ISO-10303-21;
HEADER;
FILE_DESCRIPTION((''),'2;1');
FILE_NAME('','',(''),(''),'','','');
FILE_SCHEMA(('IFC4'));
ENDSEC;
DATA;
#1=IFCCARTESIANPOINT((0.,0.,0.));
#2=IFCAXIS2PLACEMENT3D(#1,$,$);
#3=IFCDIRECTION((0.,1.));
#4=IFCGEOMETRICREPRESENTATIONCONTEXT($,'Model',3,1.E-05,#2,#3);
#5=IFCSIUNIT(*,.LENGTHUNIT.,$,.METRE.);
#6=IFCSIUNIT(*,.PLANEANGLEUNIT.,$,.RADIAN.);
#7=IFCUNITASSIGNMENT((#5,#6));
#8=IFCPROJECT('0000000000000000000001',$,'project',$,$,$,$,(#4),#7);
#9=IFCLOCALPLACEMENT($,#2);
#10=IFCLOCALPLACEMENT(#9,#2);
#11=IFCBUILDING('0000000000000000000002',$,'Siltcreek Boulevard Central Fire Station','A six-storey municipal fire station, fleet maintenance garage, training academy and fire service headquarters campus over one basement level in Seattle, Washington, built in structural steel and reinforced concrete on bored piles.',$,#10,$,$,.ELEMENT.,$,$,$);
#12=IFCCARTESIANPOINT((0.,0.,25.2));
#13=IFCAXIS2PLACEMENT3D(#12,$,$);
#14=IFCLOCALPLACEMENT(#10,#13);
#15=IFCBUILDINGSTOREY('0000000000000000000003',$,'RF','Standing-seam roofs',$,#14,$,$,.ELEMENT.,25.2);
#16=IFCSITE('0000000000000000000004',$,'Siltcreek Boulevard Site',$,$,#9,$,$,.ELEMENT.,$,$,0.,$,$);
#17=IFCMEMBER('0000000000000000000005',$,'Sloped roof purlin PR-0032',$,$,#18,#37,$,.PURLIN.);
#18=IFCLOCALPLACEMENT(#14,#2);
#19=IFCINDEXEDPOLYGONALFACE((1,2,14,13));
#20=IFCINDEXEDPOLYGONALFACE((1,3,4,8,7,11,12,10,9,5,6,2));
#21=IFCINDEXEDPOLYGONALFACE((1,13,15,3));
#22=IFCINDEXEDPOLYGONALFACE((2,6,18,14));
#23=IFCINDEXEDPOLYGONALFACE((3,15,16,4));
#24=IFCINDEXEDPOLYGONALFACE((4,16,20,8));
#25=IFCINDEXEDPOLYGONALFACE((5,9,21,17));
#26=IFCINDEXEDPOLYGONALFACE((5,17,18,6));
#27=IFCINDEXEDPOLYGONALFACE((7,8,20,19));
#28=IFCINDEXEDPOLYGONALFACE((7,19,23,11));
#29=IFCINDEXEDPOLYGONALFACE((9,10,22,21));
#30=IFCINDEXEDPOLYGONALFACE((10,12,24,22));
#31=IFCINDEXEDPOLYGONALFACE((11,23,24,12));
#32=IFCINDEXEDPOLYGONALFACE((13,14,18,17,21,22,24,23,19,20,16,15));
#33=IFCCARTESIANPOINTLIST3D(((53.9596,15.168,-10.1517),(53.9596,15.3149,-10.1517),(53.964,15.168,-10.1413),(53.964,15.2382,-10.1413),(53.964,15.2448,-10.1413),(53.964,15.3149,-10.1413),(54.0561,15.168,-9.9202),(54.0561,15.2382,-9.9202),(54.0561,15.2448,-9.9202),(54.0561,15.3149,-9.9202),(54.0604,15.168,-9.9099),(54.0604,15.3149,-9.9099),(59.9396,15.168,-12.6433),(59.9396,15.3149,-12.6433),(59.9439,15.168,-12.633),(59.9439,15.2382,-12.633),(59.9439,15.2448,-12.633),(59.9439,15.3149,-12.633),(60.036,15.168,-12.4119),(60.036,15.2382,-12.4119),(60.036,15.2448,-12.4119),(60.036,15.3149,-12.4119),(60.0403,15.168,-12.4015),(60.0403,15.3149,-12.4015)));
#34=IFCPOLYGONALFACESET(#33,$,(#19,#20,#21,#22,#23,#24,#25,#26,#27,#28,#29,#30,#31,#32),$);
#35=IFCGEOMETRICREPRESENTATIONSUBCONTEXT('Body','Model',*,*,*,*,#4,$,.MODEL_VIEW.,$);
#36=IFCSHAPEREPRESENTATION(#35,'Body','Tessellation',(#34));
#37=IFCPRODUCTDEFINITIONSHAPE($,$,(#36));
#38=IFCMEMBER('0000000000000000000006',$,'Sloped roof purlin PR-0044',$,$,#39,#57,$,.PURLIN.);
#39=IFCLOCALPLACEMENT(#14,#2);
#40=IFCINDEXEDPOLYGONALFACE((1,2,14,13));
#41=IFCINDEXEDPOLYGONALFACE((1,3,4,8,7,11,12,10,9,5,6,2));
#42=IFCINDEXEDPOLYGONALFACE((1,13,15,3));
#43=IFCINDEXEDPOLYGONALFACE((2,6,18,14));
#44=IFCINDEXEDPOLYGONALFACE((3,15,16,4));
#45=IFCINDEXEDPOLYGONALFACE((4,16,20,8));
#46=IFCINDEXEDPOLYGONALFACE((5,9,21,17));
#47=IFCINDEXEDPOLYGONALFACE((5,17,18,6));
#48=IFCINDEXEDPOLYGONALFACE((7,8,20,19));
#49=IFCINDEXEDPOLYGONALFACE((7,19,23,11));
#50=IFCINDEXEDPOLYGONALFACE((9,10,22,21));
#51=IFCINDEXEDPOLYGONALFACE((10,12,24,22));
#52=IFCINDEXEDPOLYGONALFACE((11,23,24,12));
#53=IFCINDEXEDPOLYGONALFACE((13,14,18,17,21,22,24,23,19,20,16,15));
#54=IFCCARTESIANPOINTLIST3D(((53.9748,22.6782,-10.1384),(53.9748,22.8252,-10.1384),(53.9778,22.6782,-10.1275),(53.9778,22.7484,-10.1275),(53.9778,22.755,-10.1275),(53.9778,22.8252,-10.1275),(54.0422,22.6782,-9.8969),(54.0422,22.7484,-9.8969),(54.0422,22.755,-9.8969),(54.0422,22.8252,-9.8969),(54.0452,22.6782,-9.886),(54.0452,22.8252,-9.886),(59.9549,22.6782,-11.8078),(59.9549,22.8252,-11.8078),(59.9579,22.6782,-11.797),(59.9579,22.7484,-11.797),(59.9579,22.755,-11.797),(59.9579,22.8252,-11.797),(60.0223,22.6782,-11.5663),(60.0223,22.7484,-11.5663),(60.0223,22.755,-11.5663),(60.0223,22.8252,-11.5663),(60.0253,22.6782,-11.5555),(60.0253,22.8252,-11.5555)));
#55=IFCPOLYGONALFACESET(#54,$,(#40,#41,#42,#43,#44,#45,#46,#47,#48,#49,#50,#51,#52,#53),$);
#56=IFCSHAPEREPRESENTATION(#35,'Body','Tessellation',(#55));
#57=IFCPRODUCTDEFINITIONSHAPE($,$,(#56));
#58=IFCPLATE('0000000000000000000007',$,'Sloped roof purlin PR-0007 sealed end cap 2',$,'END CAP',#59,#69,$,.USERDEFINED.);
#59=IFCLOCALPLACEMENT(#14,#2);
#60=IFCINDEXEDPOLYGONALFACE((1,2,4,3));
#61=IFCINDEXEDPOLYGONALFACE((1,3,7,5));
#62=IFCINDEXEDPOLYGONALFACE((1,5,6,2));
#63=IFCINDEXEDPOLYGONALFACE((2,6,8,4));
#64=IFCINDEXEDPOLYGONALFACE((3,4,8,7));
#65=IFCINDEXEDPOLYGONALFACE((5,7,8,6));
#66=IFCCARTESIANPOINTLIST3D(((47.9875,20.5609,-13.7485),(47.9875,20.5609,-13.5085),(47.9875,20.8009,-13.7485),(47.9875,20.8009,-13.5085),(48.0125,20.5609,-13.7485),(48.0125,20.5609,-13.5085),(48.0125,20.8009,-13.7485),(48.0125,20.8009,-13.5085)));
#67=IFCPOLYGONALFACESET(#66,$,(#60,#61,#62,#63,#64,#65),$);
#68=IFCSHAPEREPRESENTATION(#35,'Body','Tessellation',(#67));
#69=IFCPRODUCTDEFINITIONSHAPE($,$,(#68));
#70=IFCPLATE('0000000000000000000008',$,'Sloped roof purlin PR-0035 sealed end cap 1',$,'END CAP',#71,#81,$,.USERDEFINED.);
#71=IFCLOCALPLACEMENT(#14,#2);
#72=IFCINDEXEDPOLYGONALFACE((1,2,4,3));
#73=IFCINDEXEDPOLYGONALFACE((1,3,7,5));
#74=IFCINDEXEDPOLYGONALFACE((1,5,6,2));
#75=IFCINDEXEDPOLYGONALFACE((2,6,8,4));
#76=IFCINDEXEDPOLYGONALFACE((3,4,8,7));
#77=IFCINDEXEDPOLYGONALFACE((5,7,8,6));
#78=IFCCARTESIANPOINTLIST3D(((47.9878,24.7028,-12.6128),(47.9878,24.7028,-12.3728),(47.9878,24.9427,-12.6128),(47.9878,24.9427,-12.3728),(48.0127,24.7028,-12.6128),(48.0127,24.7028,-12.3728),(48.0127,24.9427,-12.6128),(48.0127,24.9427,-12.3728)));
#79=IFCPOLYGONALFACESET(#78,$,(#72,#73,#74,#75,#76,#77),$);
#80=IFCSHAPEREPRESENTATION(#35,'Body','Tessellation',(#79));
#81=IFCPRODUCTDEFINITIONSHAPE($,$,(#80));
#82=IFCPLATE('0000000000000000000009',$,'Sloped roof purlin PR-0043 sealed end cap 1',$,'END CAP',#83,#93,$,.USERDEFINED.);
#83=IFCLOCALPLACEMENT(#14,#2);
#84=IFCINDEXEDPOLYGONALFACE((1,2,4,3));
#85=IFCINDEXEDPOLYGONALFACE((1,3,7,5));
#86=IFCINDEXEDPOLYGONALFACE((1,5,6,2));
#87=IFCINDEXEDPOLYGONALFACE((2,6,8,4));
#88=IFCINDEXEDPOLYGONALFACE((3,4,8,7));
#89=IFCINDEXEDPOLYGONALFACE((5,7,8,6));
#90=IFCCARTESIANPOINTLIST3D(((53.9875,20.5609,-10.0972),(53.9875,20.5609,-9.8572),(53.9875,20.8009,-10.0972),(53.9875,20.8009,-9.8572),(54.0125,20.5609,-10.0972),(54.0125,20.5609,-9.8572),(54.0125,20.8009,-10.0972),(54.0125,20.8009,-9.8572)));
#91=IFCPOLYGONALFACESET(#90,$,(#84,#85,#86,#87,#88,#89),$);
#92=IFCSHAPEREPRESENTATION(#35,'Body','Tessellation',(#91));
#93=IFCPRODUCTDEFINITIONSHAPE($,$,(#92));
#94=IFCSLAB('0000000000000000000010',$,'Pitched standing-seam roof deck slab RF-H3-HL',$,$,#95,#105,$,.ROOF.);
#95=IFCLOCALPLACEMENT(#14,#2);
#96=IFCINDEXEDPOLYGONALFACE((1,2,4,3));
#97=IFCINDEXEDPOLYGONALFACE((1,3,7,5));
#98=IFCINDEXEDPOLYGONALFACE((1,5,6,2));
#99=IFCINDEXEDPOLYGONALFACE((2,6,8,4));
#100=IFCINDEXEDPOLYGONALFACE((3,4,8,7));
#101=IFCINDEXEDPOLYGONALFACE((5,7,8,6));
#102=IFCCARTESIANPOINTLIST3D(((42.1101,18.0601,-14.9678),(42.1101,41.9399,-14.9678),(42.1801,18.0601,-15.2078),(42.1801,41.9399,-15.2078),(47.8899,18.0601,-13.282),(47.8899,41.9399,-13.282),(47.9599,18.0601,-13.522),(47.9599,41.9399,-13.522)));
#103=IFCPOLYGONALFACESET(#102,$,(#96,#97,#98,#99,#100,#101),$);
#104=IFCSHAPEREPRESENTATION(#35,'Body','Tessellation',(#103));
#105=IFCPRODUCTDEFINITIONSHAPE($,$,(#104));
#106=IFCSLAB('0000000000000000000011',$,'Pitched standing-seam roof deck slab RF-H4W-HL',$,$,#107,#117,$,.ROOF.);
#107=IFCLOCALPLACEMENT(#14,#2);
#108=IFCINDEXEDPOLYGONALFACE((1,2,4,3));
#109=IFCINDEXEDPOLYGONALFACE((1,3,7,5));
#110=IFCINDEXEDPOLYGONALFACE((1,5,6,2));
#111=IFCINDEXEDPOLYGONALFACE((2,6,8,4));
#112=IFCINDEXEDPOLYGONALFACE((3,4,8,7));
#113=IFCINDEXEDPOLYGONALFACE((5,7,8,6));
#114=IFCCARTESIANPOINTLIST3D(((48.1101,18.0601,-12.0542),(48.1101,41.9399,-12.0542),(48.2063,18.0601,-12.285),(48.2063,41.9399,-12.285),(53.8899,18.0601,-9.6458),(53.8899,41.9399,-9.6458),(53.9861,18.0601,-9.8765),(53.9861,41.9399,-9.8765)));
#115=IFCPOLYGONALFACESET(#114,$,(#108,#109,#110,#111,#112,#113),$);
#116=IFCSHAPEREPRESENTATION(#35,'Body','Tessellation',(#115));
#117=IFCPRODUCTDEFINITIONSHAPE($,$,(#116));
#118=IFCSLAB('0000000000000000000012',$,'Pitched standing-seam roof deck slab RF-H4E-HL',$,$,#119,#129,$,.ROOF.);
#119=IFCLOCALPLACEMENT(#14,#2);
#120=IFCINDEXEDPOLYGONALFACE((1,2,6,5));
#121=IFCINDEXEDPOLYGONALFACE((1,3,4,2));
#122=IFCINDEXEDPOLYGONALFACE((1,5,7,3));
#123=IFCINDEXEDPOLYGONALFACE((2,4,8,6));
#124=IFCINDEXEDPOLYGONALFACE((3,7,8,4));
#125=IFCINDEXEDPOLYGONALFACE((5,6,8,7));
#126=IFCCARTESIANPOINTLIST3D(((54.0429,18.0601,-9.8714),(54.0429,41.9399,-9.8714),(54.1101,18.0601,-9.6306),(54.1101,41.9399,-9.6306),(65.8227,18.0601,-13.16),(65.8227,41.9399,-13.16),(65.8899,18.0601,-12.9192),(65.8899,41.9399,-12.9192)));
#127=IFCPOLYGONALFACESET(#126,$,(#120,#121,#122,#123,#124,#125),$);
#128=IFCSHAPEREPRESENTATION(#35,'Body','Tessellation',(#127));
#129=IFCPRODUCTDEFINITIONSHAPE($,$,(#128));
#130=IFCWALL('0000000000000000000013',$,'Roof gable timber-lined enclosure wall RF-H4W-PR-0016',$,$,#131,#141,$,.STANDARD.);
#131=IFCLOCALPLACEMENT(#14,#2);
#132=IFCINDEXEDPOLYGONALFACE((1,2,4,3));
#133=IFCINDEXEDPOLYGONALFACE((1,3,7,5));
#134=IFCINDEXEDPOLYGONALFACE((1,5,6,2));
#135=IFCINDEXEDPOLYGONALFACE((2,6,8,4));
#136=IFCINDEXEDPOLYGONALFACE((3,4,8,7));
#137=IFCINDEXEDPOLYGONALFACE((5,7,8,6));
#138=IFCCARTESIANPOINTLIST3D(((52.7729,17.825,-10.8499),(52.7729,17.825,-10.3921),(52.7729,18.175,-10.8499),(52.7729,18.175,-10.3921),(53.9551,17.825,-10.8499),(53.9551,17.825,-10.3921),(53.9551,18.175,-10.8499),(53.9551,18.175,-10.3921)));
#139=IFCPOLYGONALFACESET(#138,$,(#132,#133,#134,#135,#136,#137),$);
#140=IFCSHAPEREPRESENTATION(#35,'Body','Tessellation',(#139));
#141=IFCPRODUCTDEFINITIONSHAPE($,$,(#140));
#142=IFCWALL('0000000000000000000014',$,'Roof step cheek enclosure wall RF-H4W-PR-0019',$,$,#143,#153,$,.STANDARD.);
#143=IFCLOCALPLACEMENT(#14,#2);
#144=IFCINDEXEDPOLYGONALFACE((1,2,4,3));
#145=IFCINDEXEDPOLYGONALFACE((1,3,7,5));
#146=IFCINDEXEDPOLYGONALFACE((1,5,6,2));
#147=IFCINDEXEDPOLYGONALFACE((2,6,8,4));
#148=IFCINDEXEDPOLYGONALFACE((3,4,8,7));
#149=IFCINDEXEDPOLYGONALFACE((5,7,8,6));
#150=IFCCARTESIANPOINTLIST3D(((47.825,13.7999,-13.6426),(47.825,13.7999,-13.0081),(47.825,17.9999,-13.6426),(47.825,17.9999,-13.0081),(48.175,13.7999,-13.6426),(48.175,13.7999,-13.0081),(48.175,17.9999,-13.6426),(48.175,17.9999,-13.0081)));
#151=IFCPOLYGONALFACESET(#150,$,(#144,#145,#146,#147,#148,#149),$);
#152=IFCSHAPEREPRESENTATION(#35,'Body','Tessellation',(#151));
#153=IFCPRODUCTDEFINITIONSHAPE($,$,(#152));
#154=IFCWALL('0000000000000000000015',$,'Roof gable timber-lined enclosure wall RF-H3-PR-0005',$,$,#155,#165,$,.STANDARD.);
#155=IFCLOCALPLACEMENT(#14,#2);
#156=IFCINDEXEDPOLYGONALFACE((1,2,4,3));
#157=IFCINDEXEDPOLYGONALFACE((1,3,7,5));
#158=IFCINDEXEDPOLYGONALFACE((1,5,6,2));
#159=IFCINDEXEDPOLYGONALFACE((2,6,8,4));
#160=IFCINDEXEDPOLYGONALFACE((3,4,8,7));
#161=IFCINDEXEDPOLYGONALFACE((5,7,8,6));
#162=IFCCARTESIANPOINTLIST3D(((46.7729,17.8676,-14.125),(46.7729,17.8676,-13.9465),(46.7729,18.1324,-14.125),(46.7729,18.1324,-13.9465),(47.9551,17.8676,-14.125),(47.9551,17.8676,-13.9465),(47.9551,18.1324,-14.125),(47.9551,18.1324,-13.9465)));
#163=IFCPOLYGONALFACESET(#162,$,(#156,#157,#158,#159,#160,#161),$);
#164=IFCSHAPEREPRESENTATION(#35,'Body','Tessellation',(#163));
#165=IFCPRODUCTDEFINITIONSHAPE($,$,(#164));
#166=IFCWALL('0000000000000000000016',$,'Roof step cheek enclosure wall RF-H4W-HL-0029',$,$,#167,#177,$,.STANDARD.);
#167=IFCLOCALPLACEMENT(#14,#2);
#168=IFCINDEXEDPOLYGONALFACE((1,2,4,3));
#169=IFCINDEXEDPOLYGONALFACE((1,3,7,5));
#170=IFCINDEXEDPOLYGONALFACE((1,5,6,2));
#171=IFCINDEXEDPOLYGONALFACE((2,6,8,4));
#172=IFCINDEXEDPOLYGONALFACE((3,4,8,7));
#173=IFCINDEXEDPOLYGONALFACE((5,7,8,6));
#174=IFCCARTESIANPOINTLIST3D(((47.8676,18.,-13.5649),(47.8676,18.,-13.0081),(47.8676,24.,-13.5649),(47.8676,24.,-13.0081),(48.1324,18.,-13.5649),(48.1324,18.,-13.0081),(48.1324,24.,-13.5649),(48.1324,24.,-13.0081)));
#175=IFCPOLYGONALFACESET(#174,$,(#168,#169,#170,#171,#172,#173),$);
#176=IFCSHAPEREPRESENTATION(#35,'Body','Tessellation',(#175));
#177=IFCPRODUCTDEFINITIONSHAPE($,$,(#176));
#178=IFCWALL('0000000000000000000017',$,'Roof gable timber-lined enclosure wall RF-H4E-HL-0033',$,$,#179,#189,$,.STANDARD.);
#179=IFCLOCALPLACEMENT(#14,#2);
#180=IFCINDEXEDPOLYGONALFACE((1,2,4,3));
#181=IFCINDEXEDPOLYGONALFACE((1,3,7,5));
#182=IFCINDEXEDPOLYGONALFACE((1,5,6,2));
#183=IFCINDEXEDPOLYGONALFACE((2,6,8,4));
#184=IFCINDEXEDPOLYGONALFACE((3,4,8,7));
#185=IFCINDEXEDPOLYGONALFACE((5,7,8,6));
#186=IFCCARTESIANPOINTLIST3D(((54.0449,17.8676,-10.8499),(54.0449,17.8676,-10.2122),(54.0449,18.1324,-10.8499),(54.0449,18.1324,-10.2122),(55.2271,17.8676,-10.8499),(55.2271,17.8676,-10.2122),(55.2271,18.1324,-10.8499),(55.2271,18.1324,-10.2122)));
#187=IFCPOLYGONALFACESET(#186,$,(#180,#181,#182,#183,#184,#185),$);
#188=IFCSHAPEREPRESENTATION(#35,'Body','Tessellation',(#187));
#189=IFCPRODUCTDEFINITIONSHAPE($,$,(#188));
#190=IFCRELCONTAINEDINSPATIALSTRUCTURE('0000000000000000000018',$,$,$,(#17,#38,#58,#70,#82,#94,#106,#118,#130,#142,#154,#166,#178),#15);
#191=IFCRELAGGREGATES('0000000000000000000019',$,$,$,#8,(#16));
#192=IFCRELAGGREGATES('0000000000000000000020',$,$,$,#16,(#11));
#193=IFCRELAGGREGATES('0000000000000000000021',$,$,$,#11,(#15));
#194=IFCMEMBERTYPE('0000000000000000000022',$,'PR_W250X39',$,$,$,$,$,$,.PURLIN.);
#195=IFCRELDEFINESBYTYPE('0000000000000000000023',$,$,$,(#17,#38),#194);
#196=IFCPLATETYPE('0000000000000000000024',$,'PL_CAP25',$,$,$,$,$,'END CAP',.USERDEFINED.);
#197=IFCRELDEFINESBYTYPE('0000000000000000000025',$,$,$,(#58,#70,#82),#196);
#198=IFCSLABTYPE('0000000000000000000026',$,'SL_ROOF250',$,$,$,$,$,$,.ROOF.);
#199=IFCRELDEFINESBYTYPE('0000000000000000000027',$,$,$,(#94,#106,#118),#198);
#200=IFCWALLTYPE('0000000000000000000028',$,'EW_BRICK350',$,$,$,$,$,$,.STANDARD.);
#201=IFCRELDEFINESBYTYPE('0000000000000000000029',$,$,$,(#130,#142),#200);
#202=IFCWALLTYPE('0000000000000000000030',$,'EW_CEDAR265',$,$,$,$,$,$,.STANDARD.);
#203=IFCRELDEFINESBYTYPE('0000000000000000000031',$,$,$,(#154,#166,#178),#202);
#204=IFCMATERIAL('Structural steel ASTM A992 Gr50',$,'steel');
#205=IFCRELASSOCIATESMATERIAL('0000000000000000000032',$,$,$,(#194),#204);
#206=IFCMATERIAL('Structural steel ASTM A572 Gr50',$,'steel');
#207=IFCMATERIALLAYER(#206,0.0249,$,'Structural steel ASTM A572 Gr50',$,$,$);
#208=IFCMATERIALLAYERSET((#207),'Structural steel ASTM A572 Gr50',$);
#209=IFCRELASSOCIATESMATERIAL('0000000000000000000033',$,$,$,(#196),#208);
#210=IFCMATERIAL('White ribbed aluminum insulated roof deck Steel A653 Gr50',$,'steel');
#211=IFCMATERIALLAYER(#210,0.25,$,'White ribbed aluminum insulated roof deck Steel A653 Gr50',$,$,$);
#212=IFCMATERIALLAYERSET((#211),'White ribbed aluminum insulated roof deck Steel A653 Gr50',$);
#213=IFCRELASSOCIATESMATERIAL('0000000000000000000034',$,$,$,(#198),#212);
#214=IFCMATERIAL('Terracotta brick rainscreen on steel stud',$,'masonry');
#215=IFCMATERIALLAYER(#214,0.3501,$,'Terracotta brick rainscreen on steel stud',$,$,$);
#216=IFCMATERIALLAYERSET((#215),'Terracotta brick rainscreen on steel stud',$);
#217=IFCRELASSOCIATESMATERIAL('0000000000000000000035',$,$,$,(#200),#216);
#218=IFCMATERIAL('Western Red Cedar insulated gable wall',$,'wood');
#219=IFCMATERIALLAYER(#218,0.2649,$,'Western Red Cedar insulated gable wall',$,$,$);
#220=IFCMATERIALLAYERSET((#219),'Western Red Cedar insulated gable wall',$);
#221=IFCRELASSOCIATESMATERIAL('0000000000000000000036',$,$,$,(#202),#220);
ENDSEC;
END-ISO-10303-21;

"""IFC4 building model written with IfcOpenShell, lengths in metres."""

from ifc_helpers import new_model, si_unit, direction, frame, frame_2d, origin, origin_2d, place, context, subcontext, project, spatial, polyline, rectangle, i_section, outline, extrude, material, layer, layer_set, material_profile, profile_set, type_object, element, save


model = new_model("IFC4")

# Units and contexts
model_context = context("Model", 3, precision=1e-05, world=origin(), true_north=direction((0.0, 1.0)))
body_context = subcontext(model_context, "Body", "Model", "MODEL_VIEW")
ifc_project = project(units=[si_unit("LENGTHUNIT", "METRE"), si_unit("PLANEANGLEUNIT", "RADIAN")], contexts=[model_context])

# Site, building, storey
site_placement = place(None, origin())
site = spatial("IfcSite", under=ifc_project, at=site_placement, Name="Siltcreek Boulevard Site", CompositionType="ELEMENT", RefElevation=0.0)
building_placement = place(site_placement, origin())
building = spatial("IfcBuilding", under=site, at=building_placement, Name="Siltcreek Boulevard Central Fire Station", Description="A six-storey municipal fire station, fleet maintenance garage, training academy and fire service headquarters campus over one basement level in Seattle, Washington, built in structural steel and reinforced concrete on bored piles.", CompositionType="ELEMENT")
storey_placement = place(building_placement, frame((0.0, 0.0, 25.2)))
storey = spatial("IfcBuildingStorey", under=building, at=storey_placement, Name="RF", Description="Standing-seam roofs", CompositionType="ELEMENT", Elevation=25.2)

# Shared definitions
ifc_material_1 = material(Name="Structural steel ASTM A992 Gr50", Category="steel")

# Members
ifc_material_profile_1 = material_profile(ifc_material_1, i_section(OverallWidth=0.147, OverallDepth=0.262, WebThickness=0.0066, FlangeThickness=0.0112, at=origin_2d()), Name="W250X39")
ifc_profile_set_1 = profile_set([ifc_material_profile_1], Name="Structural steel ASTM A992 Gr50")
member_type_1 = type_object("IfcMemberType", Name="PR_W250X39", PredefinedType="PURLIN", material=ifc_profile_set_1)
member_1_placement = place(storey_placement, frame((54.01, 15.2415, -10.0308), z_axis=(0.923075, 0.0, -0.384621), x_axis=(0.0, 1.0, 0.0)))
element("IfcMember", 1, at=member_1_placement, inside=storey, type_object=member_type_1, Name="Sloped roof purlin PR-0032", PredefinedType="PURLIN", context=body_context, shape_type="SweptSolid", body=[
    extrude(i_section(OverallWidth=0.147, OverallDepth=0.262, WebThickness=0.0066, FlangeThickness=0.0112, at=origin_2d()), origin(), (0.0, 0.0, 1.0), 6.4783),
])
member_2_placement = place(storey_placement, frame((54.01, 22.7517, -10.0122), z_axis=(0.963171, 0.0, -0.268889), x_axis=(0.0, 1.0, 0.0)))
element("IfcMember", 2, at=member_2_placement, inside=storey, type_object=member_type_1, Name="Sloped roof purlin PR-0044", PredefinedType="PURLIN", context=body_context, shape_type="SweptSolid", body=[
    extrude(i_section(OverallWidth=0.147, OverallDepth=0.262, WebThickness=0.0066, FlangeThickness=0.0112, at=origin_2d()), origin(), (0.0, 0.0, 1.0), 6.2087),
])

# Plates
ifc_material_2 = material(Name="Structural steel ASTM A572 Gr50", Category="steel")
ifc_layer_1 = layer(ifc_material_2, 0.0249, Name="Structural steel ASTM A572 Gr50")
ifc_layer_set_1 = layer_set([ifc_layer_1], Name="Structural steel ASTM A572 Gr50")
plate_type = type_object("IfcPlateType", Name="PL_CAP25", ElementType="END CAP", PredefinedType="USERDEFINED", material=ifc_layer_set_1)
for number, where, z_axis, x_axis, name in (
    (3, (48.0, 20.6809, -13.7485), (0.0, 0.0, 1.0), (1.0, 0.0, 0.0), "Sloped roof purlin PR-0007 sealed end cap 2"),
    (4, (48.0002, 24.8228, -12.6128), (0.0, 0.0, 1.0), (1.0, 0.0, 0.0), "Sloped roof purlin PR-0035 sealed end cap 1"),
    (5, (54.0, 20.6809, -10.0972), (0.0, 0.0, 1.0), (1.0, 0.0, 0.0), "Sloped roof purlin PR-0043 sealed end cap 1"),
):
    element("IfcPlate", number, at=place(storey_placement, frame(where, z_axis=z_axis, x_axis=x_axis)), inside=storey, type_object=plate_type, Name=name, ObjectType="END CAP", PredefinedType="USERDEFINED", context=body_context, shape_type="SweptSolid", body=[
        extrude(rectangle(XDim=0.0249, YDim=0.24, at=origin_2d()), origin(), (0.0, 0.0, 1.0), 0.24),
    ])

# Slabs
ifc_material_3 = material(Name="White ribbed aluminum insulated roof deck Steel A653 Gr50", Category="steel")
ifc_layer_2 = layer(ifc_material_3, 0.25, Name="White ribbed aluminum insulated roof deck Steel A653 Gr50")
ifc_layer_set_2 = layer_set([ifc_layer_2], Name="White ribbed aluminum insulated roof deck Steel A653 Gr50")
slab_type = type_object("IfcSlabType", Name="SL_ROOF250", PredefinedType="ROOF", material=ifc_layer_set_2)
slab_1_placement = place(storey_placement, frame((42.1101, 18.0601, -14.9678), z_axis=(-0.280003, 0.0, 0.959999), x_axis=(0.959999, 0.0, 0.280003)))
element("IfcSlab", 6, at=slab_1_placement, inside=storey, type_object=slab_type, Name="Pitched standing-seam roof deck slab RF-H3-HL", PredefinedType="ROOF", context=body_context, shape_type="SweptSolid", body=[
    extrude(outline(polyline([(0.0, 0.0), (6.0206, 0.0), (6.0206, 23.8799), (0.0, 23.8799), (0.0, 0.0)])), origin(), (0.0, 0.0, -1.0), 0.25),
])
slab_2_placement = place(storey_placement, frame((48.1101, 18.0601, -12.0542), z_axis=(-0.384643, 0.0, 0.923065), x_axis=(0.923065, 0.0, 0.384643)))
element("IfcSlab", 7, at=slab_2_placement, inside=storey, type_object=slab_type, Name="Pitched standing-seam roof deck slab RF-H4W-HL", PredefinedType="ROOF", context=body_context, shape_type="SweptSolid", body=[
    extrude(outline(polyline([(0.0, 0.0), (6.2615, 0.0), (6.2615, 23.8799), (0.0, 23.8799), (0.0, 0.0)])), origin(), (0.0, 0.0, -1.0), 0.25),
])
slab_3_placement = place(storey_placement, frame((54.1101, 18.0601, -9.6306), z_axis=(0.268889, 0.0, 0.963171), x_axis=(0.963171, 0.0, -0.268889)))
element("IfcSlab", 8, at=slab_3_placement, inside=storey, type_object=slab_type, Name="Pitched standing-seam roof deck slab RF-H4E-HL", PredefinedType="ROOF", context=body_context, shape_type="SweptSolid", body=[
    extrude(outline(polyline([(0.0, 0.0), (12.2302, 0.0), (12.2302, 23.8799), (0.0, 23.8799), (0.0, 0.0)])), origin(), (0.0, 0.0, -1.0), 0.25),
])

# Walls
ifc_material_4 = material(Name="Terracotta brick rainscreen on steel stud", Category="masonry")
ifc_layer_3 = layer(ifc_material_4, 0.3501, Name="Terracotta brick rainscreen on steel stud")
ifc_layer_set_3 = layer_set([ifc_layer_3], Name="Terracotta brick rainscreen on steel stud")
wall_type_1 = type_object("IfcWallType", Name="EW_BRICK350", PredefinedType="STANDARD", material=ifc_layer_set_3)
wall_1_placement = place(storey_placement, frame((53.9551, 18.0, -10.8499), z_axis=(0.0, 0.0, 1.0), x_axis=(-1.0, 0.0, 0.0)))
element("IfcWall", 9, at=wall_1_placement, inside=storey, type_object=wall_type_1, Name="Roof gable timber-lined enclosure wall RF-H4W-PR-0016", PredefinedType="STANDARD", context=body_context, shape_type="SweptSolid", body=[
    extrude(rectangle(XDim=1.1821, YDim=0.3501, at=frame_2d((0.5911, 0.0))), origin(), (0.0, 0.0, 1.0), 0.4578),
])
wall_2_placement = place(storey_placement, frame((48.0, 18.0, -13.6426), z_axis=(0.0, 0.0, 1.0), x_axis=(0.0, -1.0, 0.0)))
element("IfcWall", 10, at=wall_2_placement, inside=storey, type_object=wall_type_1, Name="Roof step cheek enclosure wall RF-H4W-PR-0019", PredefinedType="STANDARD", context=body_context, shape_type="SweptSolid", body=[
    extrude(rectangle(XDim=4.2, YDim=0.3501, at=frame_2d((2.1001, 0.0))), origin(), (0.0, 0.0, 1.0), 0.6345),
])
ifc_material_5 = material(Name="Western Red Cedar insulated gable wall", Category="wood")
ifc_layer_4 = layer(ifc_material_5, 0.2649, Name="Western Red Cedar insulated gable wall")
ifc_layer_set_4 = layer_set([ifc_layer_4], Name="Western Red Cedar insulated gable wall")
wall_type_2 = type_object("IfcWallType", Name="EW_CEDAR265", PredefinedType="STANDARD", material=ifc_layer_set_4)
wall_3_placement = place(storey_placement, frame((47.9551, 18.0, -14.125), z_axis=(0.0, 0.0, 1.0), x_axis=(-1.0, 0.0, 0.0)))
element("IfcWall", 11, at=wall_3_placement, inside=storey, type_object=wall_type_2, Name="Roof gable timber-lined enclosure wall RF-H3-PR-0005", PredefinedType="STANDARD", context=body_context, shape_type="SweptSolid", body=[
    extrude(rectangle(XDim=1.1821, YDim=0.2649, at=frame_2d((0.5911, 0.0))), origin(), (0.0, 0.0, 1.0), 0.1785),
])
wall_4_placement = place(storey_placement, frame((48.0, 24.0, -13.5649), z_axis=(0.0, 0.0, 1.0), x_axis=(0.0, -1.0, 0.0)))
element("IfcWall", 12, at=wall_4_placement, inside=storey, type_object=wall_type_2, Name="Roof step cheek enclosure wall RF-H4W-HL-0029", PredefinedType="STANDARD", context=body_context, shape_type="SweptSolid", body=[
    extrude(rectangle(XDim=6.0, YDim=0.2649, at=frame_2d((3.0, 0.0))), origin(), (0.0, 0.0, 1.0), 0.5569),
])
wall_5_placement = place(storey_placement, frame((54.0449, 18.0, -10.8499), z_axis=(0.0, 0.0, 1.0), x_axis=(1.0, 0.0, 0.0)))
element("IfcWall", 13, at=wall_5_placement, inside=storey, type_object=wall_type_2, Name="Roof gable timber-lined enclosure wall RF-H4E-HL-0033", PredefinedType="STANDARD", context=body_context, shape_type="SweptSolid", body=[
    extrude(rectangle(XDim=1.1821, YDim=0.2649, at=frame_2d((0.5911, 0.0))), origin(), (0.0, 0.0, 1.0), 0.6377),
])

save(model, "model.ifc")
